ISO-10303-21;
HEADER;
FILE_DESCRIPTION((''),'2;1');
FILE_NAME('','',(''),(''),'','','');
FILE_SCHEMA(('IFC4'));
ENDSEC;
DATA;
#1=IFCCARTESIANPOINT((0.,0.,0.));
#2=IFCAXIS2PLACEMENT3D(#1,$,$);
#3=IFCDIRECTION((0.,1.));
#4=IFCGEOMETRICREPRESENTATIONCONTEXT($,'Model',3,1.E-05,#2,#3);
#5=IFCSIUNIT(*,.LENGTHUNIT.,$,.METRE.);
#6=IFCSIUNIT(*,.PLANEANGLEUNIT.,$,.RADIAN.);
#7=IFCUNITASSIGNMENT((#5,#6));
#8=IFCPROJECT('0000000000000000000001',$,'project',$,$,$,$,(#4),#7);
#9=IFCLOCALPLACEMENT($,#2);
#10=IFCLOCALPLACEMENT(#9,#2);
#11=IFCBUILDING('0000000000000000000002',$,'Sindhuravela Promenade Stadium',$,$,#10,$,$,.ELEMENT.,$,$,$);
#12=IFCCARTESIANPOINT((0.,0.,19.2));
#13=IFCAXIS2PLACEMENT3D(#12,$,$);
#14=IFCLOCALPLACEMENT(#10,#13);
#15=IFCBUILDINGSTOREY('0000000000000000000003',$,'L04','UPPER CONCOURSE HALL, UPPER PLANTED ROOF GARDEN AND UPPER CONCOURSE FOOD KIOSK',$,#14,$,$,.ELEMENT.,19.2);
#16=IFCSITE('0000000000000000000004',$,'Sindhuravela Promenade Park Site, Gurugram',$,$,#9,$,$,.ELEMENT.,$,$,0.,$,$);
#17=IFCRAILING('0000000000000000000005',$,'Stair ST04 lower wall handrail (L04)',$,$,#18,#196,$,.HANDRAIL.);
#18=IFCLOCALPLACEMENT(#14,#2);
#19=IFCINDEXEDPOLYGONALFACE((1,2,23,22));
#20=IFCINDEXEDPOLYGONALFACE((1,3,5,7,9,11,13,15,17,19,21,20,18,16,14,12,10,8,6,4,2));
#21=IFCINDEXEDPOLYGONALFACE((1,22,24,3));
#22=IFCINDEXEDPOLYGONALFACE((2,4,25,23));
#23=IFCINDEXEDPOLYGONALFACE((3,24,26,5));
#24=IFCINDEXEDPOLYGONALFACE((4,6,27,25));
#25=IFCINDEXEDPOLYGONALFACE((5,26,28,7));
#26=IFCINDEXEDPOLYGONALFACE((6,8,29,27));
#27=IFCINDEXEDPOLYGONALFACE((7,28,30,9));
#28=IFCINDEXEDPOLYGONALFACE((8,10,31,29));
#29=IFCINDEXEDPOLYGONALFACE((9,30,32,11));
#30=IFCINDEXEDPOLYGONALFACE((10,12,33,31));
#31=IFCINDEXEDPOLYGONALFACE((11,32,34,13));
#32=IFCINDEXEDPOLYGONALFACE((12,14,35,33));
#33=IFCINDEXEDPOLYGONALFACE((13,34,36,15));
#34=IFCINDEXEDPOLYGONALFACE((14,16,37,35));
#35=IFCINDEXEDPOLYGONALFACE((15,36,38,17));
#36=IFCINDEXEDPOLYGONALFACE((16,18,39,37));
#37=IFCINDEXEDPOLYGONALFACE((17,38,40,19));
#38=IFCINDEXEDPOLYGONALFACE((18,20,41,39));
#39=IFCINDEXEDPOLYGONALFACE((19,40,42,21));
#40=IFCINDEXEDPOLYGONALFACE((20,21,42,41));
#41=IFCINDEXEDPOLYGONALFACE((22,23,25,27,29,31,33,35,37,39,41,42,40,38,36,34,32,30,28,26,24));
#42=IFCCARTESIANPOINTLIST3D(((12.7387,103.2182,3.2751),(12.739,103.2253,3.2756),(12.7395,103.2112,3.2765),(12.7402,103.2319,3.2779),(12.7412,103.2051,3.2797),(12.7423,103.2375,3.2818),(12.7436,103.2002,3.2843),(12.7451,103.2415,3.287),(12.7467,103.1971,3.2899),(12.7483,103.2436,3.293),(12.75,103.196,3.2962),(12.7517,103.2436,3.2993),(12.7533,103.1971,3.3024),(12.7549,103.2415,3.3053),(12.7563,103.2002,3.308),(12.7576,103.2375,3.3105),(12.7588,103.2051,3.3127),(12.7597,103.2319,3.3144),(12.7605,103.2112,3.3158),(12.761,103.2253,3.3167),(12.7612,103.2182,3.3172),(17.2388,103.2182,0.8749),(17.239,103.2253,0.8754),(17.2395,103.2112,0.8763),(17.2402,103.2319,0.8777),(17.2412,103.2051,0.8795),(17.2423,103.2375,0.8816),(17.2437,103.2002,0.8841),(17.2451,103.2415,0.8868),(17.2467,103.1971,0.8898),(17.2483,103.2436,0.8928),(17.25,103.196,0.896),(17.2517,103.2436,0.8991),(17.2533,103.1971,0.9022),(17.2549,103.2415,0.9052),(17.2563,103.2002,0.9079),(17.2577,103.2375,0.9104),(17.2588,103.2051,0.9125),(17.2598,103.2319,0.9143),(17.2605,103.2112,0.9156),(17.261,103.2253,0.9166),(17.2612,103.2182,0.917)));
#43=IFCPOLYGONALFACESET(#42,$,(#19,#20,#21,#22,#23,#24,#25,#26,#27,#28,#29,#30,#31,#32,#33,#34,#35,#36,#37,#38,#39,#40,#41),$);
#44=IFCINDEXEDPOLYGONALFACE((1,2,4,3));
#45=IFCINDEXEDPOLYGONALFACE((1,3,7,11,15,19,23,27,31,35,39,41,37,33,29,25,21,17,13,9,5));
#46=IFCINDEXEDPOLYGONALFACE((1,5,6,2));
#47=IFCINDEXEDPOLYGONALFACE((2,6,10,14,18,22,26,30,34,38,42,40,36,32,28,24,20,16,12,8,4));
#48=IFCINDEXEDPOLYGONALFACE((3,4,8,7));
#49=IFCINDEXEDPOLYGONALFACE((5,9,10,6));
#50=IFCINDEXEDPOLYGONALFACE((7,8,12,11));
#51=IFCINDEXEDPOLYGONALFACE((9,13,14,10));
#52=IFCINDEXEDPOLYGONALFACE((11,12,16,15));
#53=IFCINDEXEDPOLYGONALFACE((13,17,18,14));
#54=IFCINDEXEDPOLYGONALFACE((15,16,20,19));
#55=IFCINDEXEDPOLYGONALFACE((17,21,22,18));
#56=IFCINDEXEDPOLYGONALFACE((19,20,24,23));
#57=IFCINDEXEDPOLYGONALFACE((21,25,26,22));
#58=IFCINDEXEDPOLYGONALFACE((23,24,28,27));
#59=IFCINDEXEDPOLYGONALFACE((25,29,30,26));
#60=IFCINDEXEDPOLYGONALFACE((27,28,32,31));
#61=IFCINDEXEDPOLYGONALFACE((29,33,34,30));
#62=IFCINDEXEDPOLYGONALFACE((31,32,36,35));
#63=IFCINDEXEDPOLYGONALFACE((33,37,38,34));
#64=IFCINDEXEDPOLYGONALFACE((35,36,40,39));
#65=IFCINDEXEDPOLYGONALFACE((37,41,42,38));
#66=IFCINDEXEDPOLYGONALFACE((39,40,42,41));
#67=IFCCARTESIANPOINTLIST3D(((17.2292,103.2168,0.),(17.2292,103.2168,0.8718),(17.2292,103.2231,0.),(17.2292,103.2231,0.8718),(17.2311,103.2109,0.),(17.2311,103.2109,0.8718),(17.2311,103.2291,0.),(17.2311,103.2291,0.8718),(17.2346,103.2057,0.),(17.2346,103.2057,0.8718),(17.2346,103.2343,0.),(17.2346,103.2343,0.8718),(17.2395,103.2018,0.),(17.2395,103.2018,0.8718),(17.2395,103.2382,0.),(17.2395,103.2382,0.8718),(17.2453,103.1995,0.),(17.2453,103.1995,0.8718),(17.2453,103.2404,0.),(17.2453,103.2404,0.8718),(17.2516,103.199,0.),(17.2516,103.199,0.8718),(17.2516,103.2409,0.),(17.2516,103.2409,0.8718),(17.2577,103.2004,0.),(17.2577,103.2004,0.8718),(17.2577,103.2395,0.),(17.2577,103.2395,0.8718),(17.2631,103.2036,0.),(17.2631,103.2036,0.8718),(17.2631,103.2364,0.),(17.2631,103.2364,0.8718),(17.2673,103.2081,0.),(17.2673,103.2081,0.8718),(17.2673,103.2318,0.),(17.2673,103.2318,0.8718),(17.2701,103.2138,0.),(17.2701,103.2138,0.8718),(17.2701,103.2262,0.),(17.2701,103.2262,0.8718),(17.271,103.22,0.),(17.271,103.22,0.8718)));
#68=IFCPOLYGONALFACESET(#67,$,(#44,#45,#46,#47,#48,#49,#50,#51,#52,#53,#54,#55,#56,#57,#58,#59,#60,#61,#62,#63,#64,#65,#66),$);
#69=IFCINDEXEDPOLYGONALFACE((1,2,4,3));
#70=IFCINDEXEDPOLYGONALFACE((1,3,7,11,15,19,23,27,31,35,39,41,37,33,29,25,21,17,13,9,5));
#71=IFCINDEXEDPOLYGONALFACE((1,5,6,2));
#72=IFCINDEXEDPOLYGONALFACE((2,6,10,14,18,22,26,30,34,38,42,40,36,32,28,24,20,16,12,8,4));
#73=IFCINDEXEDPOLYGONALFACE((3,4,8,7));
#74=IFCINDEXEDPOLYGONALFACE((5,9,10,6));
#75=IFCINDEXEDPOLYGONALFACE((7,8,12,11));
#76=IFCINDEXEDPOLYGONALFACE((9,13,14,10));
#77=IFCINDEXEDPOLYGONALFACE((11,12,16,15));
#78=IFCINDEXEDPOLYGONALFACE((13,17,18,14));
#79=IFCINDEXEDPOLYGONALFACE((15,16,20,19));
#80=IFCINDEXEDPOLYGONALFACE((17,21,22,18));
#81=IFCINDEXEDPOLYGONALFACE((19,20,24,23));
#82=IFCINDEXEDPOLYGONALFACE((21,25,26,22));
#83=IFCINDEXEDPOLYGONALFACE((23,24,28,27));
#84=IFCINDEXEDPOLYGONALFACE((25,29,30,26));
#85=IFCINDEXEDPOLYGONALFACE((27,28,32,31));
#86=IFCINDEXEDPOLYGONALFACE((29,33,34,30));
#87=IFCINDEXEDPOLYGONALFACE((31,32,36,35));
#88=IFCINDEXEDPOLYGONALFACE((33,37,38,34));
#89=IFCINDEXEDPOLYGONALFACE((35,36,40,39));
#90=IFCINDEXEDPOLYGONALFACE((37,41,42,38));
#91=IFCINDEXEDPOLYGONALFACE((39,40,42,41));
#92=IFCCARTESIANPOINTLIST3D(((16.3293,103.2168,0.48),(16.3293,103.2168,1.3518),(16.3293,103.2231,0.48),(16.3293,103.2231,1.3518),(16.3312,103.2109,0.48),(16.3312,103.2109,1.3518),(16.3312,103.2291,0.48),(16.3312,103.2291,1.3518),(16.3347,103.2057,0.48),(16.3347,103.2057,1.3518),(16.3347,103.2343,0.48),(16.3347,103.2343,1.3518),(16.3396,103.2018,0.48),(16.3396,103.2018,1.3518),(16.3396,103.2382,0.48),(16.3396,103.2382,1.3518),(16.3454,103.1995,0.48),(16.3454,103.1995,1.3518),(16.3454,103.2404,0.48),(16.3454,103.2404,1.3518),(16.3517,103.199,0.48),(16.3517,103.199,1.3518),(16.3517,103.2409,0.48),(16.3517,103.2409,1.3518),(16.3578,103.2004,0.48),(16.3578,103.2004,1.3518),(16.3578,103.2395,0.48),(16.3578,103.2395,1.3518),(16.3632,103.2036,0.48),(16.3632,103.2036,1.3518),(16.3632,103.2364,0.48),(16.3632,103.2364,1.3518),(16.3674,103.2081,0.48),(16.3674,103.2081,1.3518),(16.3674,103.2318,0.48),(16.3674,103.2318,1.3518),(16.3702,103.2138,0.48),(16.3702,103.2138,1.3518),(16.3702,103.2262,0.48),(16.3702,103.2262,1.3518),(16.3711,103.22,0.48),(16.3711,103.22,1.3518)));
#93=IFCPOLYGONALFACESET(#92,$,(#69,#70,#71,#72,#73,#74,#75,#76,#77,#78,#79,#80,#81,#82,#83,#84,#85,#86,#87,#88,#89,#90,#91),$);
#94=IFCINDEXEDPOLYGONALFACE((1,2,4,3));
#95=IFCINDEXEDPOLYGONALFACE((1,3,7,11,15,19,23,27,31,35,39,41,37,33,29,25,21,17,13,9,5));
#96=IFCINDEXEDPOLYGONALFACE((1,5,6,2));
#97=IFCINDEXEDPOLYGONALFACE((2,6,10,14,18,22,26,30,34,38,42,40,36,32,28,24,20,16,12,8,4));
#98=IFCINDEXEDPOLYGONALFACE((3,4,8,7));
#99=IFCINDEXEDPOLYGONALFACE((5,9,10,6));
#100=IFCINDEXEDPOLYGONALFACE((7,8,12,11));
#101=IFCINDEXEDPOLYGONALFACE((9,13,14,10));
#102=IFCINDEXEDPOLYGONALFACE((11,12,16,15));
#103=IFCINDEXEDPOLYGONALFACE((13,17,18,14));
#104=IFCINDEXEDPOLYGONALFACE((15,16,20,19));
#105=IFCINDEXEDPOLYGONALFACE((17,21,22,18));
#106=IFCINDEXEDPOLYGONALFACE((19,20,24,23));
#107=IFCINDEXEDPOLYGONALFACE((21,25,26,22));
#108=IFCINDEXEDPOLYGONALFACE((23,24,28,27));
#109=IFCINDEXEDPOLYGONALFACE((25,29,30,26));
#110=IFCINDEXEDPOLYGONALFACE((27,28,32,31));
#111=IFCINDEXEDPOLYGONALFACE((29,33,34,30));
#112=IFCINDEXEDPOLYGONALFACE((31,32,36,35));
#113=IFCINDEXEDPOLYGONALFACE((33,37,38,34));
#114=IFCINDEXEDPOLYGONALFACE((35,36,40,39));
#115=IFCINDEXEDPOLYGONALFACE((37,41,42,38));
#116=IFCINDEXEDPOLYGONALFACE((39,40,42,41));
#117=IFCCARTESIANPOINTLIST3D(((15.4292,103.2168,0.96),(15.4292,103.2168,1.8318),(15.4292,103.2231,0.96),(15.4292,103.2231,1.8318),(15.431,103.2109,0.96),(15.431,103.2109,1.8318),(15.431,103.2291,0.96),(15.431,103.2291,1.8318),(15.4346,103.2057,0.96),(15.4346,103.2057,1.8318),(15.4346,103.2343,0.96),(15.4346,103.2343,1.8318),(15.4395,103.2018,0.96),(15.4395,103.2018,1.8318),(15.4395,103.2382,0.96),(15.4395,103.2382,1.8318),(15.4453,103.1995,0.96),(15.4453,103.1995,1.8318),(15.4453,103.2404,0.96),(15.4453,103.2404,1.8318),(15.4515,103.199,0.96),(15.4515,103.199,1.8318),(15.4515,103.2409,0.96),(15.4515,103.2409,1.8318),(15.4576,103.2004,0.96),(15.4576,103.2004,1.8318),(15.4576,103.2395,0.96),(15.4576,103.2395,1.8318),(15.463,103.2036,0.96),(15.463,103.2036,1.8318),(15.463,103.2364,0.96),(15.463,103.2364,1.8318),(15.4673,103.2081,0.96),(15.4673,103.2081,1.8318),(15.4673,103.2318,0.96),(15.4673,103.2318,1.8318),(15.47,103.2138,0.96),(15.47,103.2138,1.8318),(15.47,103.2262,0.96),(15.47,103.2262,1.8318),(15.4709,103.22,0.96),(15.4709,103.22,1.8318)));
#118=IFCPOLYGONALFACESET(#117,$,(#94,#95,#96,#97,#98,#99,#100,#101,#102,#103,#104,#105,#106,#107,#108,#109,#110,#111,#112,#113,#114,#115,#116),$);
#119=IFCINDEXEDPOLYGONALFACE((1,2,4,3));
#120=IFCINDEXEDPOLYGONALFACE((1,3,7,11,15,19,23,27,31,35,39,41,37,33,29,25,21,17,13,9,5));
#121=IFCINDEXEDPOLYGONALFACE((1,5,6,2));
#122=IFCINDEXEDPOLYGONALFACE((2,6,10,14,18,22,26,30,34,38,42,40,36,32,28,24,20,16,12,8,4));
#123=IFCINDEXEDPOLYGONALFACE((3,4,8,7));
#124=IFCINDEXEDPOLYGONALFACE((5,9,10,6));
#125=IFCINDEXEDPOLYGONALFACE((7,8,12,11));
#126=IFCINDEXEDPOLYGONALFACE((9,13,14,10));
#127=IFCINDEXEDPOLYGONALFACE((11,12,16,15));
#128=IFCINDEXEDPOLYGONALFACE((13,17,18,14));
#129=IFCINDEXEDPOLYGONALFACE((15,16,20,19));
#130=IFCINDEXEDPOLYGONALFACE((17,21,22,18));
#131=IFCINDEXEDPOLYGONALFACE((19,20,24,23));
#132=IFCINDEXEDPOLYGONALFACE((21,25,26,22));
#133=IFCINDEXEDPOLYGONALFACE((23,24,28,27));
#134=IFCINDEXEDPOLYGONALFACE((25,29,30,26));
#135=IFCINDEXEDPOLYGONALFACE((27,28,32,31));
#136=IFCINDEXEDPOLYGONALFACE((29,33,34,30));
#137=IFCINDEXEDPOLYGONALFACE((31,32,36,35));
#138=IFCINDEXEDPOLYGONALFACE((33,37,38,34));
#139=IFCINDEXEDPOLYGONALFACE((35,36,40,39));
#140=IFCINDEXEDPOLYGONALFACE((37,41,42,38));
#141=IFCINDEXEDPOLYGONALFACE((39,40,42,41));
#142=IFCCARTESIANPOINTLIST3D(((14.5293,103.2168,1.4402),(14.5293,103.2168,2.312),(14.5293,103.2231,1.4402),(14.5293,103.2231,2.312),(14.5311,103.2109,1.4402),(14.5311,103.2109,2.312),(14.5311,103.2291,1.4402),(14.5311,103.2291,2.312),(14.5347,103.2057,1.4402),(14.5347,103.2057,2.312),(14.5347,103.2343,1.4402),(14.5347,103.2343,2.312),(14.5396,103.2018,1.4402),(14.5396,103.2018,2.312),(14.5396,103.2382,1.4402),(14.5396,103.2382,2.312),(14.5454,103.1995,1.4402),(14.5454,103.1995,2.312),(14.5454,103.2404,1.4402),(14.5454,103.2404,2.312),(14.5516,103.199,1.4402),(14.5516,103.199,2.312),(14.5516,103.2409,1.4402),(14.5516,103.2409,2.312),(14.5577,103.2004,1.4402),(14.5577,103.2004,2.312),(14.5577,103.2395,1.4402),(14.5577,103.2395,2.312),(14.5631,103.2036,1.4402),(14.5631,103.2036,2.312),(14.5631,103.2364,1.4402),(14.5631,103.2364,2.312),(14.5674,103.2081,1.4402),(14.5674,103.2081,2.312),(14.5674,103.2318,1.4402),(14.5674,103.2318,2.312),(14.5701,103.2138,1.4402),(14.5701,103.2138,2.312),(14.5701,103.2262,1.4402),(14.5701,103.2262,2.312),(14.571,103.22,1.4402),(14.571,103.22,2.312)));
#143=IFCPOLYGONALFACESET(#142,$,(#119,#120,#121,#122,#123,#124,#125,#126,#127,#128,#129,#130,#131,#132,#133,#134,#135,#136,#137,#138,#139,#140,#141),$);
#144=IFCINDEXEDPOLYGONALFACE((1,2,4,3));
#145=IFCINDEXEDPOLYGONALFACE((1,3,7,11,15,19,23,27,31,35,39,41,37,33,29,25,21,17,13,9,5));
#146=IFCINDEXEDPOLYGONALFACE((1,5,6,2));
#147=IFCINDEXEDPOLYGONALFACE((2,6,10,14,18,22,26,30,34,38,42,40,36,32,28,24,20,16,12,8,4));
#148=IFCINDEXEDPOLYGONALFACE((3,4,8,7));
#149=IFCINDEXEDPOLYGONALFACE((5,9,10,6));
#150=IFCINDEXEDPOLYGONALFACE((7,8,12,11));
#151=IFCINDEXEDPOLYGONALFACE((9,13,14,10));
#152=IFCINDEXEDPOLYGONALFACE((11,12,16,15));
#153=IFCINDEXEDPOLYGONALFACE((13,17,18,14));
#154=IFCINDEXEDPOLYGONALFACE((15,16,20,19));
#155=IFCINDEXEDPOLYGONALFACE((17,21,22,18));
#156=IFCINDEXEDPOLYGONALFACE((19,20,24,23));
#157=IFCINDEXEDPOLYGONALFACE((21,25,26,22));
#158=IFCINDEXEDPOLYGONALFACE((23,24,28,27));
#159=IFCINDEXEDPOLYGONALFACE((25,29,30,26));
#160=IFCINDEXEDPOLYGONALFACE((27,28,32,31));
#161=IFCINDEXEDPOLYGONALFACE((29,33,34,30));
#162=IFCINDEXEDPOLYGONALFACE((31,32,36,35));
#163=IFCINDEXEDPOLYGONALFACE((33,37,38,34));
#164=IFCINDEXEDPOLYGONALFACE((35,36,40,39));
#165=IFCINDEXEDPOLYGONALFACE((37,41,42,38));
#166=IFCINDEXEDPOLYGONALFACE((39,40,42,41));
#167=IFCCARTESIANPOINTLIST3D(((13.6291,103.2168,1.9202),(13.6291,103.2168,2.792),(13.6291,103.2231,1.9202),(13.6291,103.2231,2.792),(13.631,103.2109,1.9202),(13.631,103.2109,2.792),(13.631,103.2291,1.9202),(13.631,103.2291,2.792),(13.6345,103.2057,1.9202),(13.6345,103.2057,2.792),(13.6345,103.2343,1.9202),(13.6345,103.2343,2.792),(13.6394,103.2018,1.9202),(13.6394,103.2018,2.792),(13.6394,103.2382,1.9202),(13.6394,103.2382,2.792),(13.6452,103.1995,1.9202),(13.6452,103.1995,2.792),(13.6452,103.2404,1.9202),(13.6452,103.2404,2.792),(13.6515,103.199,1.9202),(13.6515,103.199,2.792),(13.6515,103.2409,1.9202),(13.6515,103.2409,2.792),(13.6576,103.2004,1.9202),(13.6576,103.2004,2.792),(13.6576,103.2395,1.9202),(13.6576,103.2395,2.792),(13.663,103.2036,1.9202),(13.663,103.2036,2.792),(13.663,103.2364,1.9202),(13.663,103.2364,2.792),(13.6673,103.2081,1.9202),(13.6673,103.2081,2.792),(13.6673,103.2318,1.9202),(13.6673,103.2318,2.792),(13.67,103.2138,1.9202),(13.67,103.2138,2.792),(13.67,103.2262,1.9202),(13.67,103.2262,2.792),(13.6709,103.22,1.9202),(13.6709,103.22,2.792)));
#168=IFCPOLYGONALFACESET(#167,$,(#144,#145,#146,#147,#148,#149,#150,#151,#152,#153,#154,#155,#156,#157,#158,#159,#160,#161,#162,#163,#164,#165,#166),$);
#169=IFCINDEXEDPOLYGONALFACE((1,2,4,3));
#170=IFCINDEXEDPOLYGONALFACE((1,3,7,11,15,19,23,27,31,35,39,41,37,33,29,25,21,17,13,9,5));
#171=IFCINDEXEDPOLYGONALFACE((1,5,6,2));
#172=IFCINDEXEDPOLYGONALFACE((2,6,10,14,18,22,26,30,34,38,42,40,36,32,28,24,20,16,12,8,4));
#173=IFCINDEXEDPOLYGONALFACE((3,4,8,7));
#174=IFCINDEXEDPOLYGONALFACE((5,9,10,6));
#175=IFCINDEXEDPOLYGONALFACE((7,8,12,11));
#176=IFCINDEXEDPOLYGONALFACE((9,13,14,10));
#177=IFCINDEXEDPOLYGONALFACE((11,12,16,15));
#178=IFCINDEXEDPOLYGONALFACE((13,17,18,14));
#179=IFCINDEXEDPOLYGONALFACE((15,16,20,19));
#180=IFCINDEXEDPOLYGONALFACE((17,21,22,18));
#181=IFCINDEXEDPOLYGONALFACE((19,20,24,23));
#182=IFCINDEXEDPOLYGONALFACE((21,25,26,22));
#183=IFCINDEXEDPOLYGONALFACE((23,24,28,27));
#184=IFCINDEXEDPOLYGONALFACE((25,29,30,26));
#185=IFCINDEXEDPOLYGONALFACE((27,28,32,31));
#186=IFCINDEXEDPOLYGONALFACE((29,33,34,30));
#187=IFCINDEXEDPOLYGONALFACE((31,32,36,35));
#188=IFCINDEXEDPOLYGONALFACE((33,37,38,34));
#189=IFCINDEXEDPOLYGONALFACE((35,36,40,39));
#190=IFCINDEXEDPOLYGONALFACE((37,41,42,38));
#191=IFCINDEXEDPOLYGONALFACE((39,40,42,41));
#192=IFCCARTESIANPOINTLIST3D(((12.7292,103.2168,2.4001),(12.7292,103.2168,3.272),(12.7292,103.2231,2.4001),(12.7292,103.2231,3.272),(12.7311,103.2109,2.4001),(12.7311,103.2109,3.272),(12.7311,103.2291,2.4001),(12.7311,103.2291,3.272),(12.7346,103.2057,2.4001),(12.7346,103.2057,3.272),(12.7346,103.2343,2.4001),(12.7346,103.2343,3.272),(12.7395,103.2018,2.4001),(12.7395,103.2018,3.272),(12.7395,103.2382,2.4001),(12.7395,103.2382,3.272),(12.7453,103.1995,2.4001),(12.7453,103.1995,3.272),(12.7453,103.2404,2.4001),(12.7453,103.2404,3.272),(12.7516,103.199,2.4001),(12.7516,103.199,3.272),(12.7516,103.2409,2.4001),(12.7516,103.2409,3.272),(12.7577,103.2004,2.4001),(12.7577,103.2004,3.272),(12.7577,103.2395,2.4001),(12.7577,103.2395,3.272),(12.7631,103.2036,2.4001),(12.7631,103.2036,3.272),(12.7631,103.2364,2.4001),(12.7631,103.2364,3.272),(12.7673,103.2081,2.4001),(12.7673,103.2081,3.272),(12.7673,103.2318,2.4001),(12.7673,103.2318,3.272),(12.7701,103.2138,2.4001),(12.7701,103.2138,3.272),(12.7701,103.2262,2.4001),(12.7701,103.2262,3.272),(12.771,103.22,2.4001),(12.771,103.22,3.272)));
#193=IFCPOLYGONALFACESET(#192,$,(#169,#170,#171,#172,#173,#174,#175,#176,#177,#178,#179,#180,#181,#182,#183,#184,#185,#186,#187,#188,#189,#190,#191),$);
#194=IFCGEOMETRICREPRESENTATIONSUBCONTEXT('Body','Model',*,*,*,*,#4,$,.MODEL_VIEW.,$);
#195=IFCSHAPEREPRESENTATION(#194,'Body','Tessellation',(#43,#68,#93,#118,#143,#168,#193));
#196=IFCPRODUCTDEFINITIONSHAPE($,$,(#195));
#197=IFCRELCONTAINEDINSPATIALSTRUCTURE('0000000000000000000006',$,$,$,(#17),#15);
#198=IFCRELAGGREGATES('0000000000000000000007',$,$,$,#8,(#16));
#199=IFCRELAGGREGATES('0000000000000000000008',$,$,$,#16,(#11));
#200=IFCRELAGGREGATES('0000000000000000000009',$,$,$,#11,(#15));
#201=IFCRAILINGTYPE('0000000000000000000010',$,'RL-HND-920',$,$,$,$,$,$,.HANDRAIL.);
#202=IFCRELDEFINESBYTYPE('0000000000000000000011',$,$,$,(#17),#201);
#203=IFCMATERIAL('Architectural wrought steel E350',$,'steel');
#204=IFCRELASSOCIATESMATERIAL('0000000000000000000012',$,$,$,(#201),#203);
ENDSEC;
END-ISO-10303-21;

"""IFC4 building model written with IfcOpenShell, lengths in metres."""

from ifc_helpers import new_model, si_unit, direction, frame, origin, origin_2d, place, context, subcontext, project, spatial, circle, extrude, material, type_object, element, save


model = new_model("IFC4")

# Units and contexts
model_context = context("Model", 3, precision=1e-05, world=origin(), true_north=direction((0.0, 1.0)))
body_context = subcontext(model_context, "Body", "Model", "MODEL_VIEW")
ifc_project = project(units=[si_unit("LENGTHUNIT", "METRE"), si_unit("PLANEANGLEUNIT", "RADIAN")], contexts=[model_context])

# Site, building, storey
site_placement = place(None, origin())
site = spatial("IfcSite", under=ifc_project, at=site_placement, Name="Sindhuravela Promenade Park Site, Gurugram", CompositionType="ELEMENT", RefElevation=0.0)
building_placement = place(site_placement, origin())
building = spatial("IfcBuilding", under=site, at=building_placement, Name="Sindhuravela Promenade Stadium", CompositionType="ELEMENT")
storey_placement = place(building_placement, frame((0.0, 0.0, 19.2)))
storey = spatial("IfcBuildingStorey", under=building, at=storey_placement, Name="L04", Description="UPPER CONCOURSE HALL, UPPER PLANTED ROOF GARDEN AND UPPER CONCOURSE FOOD KIOSK", CompositionType="ELEMENT", Elevation=19.2)

# Shared definitions
ifc_material_1 = material(Name="Architectural wrought steel E350", Category="steel")

# Railing
railing_type_1 = type_object("IfcRailingType", Name="RL-HND-920", PredefinedType="HANDRAIL", material=ifc_material_1)
railing_1_placement = place(storey_placement, frame((17.25, 103.22, 0.0)))
element("IfcRailing", 1, at=railing_1_placement, inside=storey, type_object=railing_type_1, Name="Stair ST04 lower wall handrail (L04)", PredefinedType="HANDRAIL", context=body_context, shape_type="SweptSolid", body=[
    extrude(circle(Radius=0.0239, at=origin_2d()), frame((0.0, 0.0, 0.896), z_axis=(-0.882341, 0.0, 0.470611), x_axis=(0.0, -1.0, 0.0)), (0.0, 0.0, 1.0), 5.1001),
    extrude(circle(Radius=0.021, at=origin_2d()), origin(), (0.0, 0.0, 1.0), 0.8718),
    extrude(circle(Radius=0.021, at=origin_2d()), frame((-0.8999, 0.0, 0.48)), (0.0, 0.0, 1.0), 0.8718),
    extrude(circle(Radius=0.021, at=origin_2d()), frame((-1.8, 0.0, 0.96)), (0.0, 0.0, 1.0), 0.8718),
    extrude(circle(Radius=0.021, at=origin_2d()), frame((-2.7, 0.0, 1.4402)), (0.0, 0.0, 1.0), 0.8718),
    extrude(circle(Radius=0.021, at=origin_2d()), frame((-3.6001, 0.0, 1.9202)), (0.0, 0.0, 1.0), 0.8718),
    extrude(circle(Radius=0.021, at=origin_2d()), frame((-4.5, 0.0, 2.4001)), (0.0, 0.0, 1.0), 0.8718),
])

save(model, "model.ifc")
